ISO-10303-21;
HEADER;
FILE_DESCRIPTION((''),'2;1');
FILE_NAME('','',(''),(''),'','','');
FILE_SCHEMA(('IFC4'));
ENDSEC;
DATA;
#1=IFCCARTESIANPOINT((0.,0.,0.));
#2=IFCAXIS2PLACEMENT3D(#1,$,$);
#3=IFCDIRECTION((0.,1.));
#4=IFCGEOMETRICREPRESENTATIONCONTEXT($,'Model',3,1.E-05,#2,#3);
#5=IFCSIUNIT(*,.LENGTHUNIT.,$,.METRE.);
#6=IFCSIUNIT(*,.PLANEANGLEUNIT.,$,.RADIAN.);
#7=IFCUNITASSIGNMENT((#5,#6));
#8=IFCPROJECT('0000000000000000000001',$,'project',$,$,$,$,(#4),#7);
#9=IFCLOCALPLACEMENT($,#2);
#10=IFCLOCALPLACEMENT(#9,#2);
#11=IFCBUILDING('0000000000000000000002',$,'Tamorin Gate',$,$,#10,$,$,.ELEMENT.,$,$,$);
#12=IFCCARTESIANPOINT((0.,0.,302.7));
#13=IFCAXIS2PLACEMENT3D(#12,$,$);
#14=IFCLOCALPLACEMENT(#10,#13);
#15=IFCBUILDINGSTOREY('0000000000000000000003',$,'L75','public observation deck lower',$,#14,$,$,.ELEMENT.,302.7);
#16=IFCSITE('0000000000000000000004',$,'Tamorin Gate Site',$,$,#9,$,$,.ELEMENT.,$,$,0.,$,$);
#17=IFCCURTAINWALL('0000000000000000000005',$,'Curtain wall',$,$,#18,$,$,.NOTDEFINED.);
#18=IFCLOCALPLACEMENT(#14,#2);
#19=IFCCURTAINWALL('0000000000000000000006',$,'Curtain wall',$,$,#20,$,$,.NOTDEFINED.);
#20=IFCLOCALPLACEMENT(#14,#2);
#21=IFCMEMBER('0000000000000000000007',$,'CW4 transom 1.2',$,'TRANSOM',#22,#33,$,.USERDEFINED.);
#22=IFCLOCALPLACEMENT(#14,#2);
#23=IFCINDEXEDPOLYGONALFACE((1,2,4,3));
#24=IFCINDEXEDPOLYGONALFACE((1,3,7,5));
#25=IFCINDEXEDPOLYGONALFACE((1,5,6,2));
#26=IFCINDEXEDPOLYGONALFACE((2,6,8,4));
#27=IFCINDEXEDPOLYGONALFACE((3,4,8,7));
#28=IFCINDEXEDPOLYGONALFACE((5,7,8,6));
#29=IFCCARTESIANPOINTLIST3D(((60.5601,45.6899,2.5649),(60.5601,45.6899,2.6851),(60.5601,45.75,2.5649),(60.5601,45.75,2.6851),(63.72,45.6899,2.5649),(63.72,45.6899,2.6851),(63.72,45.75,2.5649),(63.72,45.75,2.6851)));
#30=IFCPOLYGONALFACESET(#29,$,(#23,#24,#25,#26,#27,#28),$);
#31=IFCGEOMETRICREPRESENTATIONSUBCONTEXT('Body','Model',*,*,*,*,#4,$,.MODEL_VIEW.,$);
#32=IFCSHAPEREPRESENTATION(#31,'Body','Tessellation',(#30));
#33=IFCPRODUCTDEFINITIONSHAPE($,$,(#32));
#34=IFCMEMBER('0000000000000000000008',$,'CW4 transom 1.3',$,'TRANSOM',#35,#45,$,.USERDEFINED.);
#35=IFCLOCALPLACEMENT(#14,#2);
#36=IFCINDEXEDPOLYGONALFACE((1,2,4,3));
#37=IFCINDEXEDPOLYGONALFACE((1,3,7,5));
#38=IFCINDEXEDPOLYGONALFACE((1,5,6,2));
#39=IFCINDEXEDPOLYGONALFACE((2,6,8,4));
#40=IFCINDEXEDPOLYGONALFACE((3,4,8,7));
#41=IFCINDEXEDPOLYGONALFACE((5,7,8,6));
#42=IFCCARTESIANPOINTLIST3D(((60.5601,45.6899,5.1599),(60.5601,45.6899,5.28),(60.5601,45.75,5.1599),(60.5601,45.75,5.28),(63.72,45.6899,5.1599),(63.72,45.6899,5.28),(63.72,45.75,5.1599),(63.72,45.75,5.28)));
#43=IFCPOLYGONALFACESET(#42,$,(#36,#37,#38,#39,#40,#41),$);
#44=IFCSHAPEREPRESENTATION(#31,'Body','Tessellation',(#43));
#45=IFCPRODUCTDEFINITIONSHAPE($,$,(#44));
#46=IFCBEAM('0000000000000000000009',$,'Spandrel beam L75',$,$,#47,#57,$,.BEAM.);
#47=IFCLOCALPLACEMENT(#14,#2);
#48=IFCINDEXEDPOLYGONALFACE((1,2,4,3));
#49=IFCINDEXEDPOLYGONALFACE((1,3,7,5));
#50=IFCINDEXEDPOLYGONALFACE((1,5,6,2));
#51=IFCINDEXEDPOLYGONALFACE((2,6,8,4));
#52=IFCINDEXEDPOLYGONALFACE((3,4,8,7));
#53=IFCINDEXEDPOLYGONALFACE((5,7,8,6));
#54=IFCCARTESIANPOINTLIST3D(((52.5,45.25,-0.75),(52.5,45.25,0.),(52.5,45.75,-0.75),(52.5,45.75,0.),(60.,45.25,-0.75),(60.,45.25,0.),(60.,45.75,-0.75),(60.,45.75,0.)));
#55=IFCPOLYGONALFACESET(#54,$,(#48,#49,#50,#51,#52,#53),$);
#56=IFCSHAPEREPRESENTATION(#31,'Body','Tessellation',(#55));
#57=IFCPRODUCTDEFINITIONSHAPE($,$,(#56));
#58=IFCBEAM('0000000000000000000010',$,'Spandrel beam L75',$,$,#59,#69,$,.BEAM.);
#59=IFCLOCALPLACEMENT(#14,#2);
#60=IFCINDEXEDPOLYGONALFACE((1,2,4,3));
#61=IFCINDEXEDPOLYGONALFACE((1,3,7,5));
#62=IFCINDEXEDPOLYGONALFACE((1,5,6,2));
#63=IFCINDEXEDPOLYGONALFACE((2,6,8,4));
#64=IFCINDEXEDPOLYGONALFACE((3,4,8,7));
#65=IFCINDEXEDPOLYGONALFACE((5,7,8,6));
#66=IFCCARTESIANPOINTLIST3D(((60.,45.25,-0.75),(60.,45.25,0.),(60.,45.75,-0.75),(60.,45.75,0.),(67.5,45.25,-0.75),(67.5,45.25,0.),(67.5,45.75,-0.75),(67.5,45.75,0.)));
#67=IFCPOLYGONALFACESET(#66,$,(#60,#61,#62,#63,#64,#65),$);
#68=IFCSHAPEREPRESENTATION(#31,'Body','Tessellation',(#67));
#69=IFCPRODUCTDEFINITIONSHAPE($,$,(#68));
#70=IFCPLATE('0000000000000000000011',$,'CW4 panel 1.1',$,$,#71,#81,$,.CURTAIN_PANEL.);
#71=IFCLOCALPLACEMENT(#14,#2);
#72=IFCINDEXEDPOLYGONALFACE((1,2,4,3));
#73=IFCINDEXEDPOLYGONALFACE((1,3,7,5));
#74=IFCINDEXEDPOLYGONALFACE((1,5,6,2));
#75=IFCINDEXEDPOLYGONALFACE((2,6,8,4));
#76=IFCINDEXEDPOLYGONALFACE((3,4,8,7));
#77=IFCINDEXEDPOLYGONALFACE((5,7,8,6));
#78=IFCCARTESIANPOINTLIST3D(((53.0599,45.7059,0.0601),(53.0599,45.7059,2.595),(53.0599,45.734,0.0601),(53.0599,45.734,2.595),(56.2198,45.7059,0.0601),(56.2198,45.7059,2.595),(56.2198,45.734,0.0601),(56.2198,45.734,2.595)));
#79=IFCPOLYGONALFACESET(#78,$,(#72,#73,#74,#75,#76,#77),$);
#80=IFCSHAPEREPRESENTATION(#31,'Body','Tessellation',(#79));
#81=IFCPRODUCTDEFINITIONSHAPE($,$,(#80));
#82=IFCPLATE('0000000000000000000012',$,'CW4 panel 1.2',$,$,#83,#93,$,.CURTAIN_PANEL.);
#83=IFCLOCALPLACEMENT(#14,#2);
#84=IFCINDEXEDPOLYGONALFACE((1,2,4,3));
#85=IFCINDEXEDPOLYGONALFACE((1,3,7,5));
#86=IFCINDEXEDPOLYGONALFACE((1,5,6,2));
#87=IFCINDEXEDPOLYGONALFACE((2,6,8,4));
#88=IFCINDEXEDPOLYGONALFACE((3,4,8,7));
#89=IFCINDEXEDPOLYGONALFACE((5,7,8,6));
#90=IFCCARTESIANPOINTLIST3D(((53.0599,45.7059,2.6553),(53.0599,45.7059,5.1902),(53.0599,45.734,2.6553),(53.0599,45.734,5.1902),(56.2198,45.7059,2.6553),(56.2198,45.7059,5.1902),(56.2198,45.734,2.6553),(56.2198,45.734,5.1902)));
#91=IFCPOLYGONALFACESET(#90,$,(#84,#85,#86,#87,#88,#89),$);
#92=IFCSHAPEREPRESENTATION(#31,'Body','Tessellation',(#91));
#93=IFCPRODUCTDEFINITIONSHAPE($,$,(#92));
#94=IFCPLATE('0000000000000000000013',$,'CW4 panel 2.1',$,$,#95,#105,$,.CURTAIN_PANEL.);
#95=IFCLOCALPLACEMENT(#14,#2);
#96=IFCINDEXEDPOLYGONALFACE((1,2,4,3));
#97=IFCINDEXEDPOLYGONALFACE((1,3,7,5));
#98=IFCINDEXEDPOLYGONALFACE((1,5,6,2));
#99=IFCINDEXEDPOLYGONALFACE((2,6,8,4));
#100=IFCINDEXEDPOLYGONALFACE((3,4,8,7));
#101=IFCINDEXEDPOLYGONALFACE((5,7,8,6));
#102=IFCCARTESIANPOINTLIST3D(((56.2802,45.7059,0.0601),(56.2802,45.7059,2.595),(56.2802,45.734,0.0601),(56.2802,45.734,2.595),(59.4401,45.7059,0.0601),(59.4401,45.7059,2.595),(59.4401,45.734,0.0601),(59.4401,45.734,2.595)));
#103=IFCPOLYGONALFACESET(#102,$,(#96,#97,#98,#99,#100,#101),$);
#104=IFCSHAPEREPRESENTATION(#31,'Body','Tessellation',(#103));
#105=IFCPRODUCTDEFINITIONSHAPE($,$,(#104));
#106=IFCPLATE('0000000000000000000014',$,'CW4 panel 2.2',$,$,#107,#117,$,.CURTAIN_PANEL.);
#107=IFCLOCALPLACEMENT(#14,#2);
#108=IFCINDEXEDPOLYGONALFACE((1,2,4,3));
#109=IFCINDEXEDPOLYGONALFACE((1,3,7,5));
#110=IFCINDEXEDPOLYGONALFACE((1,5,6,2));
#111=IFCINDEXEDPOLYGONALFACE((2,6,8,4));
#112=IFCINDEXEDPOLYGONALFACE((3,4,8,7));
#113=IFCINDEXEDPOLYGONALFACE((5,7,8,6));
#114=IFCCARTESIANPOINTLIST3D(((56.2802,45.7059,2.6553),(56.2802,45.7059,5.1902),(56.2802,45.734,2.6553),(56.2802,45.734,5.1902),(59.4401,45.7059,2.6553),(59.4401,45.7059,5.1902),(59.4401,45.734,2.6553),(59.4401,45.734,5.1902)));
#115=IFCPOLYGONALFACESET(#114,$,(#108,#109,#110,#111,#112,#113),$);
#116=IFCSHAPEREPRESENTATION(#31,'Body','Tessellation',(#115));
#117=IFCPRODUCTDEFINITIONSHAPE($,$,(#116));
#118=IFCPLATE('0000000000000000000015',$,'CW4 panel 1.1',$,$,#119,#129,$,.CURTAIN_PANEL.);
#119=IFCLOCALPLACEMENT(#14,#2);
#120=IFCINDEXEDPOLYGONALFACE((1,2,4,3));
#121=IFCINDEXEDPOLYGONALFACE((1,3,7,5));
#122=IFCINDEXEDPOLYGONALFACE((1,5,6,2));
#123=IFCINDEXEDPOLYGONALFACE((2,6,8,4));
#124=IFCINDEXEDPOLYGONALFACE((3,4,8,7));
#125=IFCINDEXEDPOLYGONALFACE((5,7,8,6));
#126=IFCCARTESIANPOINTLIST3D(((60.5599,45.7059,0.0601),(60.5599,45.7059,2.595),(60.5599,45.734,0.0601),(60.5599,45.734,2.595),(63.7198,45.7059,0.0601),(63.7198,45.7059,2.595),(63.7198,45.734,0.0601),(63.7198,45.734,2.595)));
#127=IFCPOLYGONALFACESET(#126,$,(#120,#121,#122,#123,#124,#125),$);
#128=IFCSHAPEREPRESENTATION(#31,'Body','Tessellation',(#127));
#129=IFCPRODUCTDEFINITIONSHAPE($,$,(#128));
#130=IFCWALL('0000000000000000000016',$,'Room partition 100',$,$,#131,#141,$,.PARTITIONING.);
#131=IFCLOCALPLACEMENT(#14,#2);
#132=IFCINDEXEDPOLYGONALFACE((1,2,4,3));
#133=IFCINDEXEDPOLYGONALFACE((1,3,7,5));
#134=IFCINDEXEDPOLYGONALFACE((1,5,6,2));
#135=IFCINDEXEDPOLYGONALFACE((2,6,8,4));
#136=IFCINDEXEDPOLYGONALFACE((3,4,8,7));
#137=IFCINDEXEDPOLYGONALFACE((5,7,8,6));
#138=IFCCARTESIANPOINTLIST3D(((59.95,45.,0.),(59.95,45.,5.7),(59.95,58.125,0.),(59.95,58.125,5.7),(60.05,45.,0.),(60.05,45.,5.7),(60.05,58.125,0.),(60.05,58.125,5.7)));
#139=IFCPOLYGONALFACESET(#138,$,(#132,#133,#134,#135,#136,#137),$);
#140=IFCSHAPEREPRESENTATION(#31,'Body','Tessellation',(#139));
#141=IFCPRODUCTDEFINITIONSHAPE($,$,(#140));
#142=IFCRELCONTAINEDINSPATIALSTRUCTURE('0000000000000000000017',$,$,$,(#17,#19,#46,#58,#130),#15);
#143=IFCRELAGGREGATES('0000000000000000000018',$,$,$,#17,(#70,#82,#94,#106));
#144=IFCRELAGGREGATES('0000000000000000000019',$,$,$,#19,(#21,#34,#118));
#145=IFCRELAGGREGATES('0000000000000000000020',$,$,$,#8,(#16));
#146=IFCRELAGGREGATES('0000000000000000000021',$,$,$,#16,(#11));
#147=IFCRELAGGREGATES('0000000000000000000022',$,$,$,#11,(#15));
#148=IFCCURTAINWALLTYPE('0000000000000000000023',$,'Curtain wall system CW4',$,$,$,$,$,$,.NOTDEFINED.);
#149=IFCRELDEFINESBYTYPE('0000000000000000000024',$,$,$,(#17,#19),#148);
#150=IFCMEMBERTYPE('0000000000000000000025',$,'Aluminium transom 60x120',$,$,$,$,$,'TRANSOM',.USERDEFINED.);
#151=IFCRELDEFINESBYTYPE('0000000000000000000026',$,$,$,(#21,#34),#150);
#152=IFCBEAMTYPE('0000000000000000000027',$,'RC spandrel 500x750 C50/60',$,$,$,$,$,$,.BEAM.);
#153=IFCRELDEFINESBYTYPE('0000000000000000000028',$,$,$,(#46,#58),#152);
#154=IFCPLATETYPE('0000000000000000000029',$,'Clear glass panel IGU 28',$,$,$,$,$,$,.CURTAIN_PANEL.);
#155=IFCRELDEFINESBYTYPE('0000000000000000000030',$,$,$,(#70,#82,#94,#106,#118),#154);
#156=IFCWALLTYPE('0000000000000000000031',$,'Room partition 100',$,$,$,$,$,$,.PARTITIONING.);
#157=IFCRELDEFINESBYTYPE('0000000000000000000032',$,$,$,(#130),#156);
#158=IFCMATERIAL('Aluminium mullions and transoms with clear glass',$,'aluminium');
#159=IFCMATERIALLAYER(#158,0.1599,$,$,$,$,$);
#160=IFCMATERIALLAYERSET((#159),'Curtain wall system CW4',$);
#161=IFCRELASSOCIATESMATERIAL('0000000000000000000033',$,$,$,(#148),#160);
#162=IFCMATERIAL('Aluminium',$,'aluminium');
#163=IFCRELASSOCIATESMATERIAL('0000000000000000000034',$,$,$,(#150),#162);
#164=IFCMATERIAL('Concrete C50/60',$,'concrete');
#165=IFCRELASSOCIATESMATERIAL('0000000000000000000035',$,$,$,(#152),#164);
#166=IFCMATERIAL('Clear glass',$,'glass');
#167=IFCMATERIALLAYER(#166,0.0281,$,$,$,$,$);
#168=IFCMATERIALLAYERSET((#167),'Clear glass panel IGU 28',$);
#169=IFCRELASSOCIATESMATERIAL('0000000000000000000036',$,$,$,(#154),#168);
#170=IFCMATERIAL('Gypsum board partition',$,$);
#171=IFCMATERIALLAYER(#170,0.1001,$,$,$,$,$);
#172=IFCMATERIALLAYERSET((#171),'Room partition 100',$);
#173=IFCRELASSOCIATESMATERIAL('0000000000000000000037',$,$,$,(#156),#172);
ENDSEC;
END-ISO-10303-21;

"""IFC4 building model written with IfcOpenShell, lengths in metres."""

from ifc_helpers import new_model, si_unit, direction, frame, frame_2d, origin, origin_2d, place, context, subcontext, project, spatial, rectangle, extrude, material, layer, layer_set, material_profile, profile_set, type_object, element, aggregate, save


model = new_model("IFC4")

# Units and contexts
model_context = context("Model", 3, precision=1e-05, world=origin(), true_north=direction((0.0, 1.0)))
body_context = subcontext(model_context, "Body", "Model", "MODEL_VIEW")
ifc_project = project(units=[si_unit("LENGTHUNIT", "METRE"), si_unit("PLANEANGLEUNIT", "RADIAN")], contexts=[model_context])

# Site, building, storey
site_placement = place(None, origin())
site = spatial("IfcSite", under=ifc_project, at=site_placement, Name="Tamorin Gate Site", CompositionType="ELEMENT", RefElevation=0.0)
building_placement = place(site_placement, origin())
building = spatial("IfcBuilding", under=site, at=building_placement, Name="Tamorin Gate", CompositionType="ELEMENT")
storey_placement = place(building_placement, frame((0.0, 0.0, 302.7)))
storey = spatial("IfcBuildingStorey", under=building, at=storey_placement, Name="L75", Description="public observation deck lower", CompositionType="ELEMENT", Elevation=302.7)

# Shared definitions
ifc_material_1 = material(Name="Concrete C50/60", Category="concrete")

# Curtain wall
ifc_material_2 = material(Name="Aluminium mullions and transoms with clear glass", Category="aluminium")
ifc_layer_1 = layer(ifc_material_2, 0.1599)
ifc_layer_set_1 = layer_set([ifc_layer_1], Name="Curtain wall system CW4")
curtain_wall_type = type_object("IfcCurtainWallType", Name="Curtain wall system CW4", PredefinedType="NOTDEFINED", material=ifc_layer_set_1)
curtain_wall_1_placement = place(storey_placement, origin())
curtain_wall_1 = element("IfcCurtainWall", 1, at=curtain_wall_1_placement, inside=storey, type_object=curtain_wall_type, Name="Curtain wall", PredefinedType="NOTDEFINED")
ifc_material_3 = material(Name="Aluminium", Category="aluminium")

# Curtain wall
curtain_wall_2_placement = place(storey_placement, origin())
curtain_wall_2 = element("IfcCurtainWall", 2, at=curtain_wall_2_placement, inside=storey, type_object=curtain_wall_type, Name="Curtain wall", PredefinedType="NOTDEFINED")

# Members
ifc_material_profile_1 = material_profile(ifc_material_3, rectangle(XDim=0.0601, YDim=0.1201, at=origin_2d()), Name="RECT 60x120")
ifc_profile_set_1 = profile_set([ifc_material_profile_1], Name="Aluminium")
member_type_1 = type_object("IfcMemberType", Name="Aluminium transom 60x120", ElementType="TRANSOM", PredefinedType="USERDEFINED", material=ifc_profile_set_1)
member_1_placement = place(storey_placement, frame((60.5601, 45.72, 2.625), z_axis=(1.0, 0.0, 0.0), x_axis=(0.0, 1.0, 0.0)))
member_1 = element("IfcMember", 3, at=member_1_placement, type_object=member_type_1, Name="CW4 transom 1.2", ObjectType="TRANSOM", PredefinedType="USERDEFINED", context=body_context, shape_type="SweptSolid", body=[
    extrude(rectangle(XDim=0.0601, YDim=0.1201, at=origin_2d()), origin(), (0.0, 0.0, 1.0), 3.1599),
])
member_2_placement = place(storey_placement, frame((60.5601, 45.72, 5.22), z_axis=(1.0, 0.0, 0.0), x_axis=(0.0, 1.0, 0.0)))
member_2 = element("IfcMember", 4, at=member_2_placement, type_object=member_type_1, Name="CW4 transom 1.3", ObjectType="TRANSOM", PredefinedType="USERDEFINED", context=body_context, shape_type="SweptSolid", body=[
    extrude(rectangle(XDim=0.0601, YDim=0.1201, at=origin_2d()), origin(), (0.0, 0.0, 1.0), 3.1599),
])

# Beams
ifc_material_profile_2 = material_profile(ifc_material_1, rectangle(XDim=0.5, YDim=0.75, at=origin_2d()), Name="RC 500x750")
ifc_profile_set_2 = profile_set([ifc_material_profile_2], Name="Concrete C50/60")
beam_type = type_object("IfcBeamType", Name="RC spandrel 500x750 C50/60", PredefinedType="BEAM", material=ifc_profile_set_2)
for number, where, z_axis, x_axis, name in (
    (5, (52.5, 45.5, -0.375), (1.0, 0.0, 0.0), (0.0, 1.0, 0.0), "Spandrel beam L75"),
    (6, (60.0, 45.5, -0.375), (1.0, 0.0, 0.0), (0.0, 1.0, 0.0), "Spandrel beam L75"),
):
    element("IfcBeam", number, at=place(storey_placement, frame(where, z_axis=z_axis, x_axis=x_axis)), inside=storey, type_object=beam_type, Name=name, PredefinedType="BEAM", context=body_context, shape_type="SweptSolid", body=[
        extrude(rectangle(XDim=0.5, YDim=0.75, at=origin_2d()), origin(), (0.0, 0.0, 1.0), 7.5),
    ])

# Plates
ifc_material_4 = material(Name="Clear glass", Category="glass")
ifc_layer_2 = layer(ifc_material_4, 0.0281)
ifc_layer_set_2 = layer_set([ifc_layer_2], Name="Clear glass panel IGU 28")
plate_type = type_object("IfcPlateType", Name="Clear glass panel IGU 28", PredefinedType="CURTAIN_PANEL", material=ifc_layer_set_2)
plate_1_placement = place(storey_placement, frame((54.6399, 45.72, 0.0601), z_axis=(0.0, 0.0, 1.0), x_axis=(1.0, 0.0, 0.0)))
plate_1 = element("IfcPlate", 7, at=plate_1_placement, type_object=plate_type, Name="CW4 panel 1.1", PredefinedType="CURTAIN_PANEL", context=body_context, shape_type="SweptSolid", body=[
    extrude(rectangle(XDim=3.1599, YDim=0.0281, at=origin_2d()), origin(), (0.0, 0.0, 1.0), 2.5349),
])
plate_2_placement = place(storey_placement, frame((54.6399, 45.72, 2.6553), z_axis=(0.0, 0.0, 1.0), x_axis=(1.0, 0.0, 0.0)))
plate_2 = element("IfcPlate", 8, at=plate_2_placement, type_object=plate_type, Name="CW4 panel 1.2", PredefinedType="CURTAIN_PANEL", context=body_context, shape_type="SweptSolid", body=[
    extrude(rectangle(XDim=3.1599, YDim=0.0281, at=origin_2d()), origin(), (0.0, 0.0, 1.0), 2.5349),
])
plate_3_placement = place(storey_placement, frame((57.8601, 45.72, 0.0601), z_axis=(0.0, 0.0, 1.0), x_axis=(1.0, 0.0, 0.0)))
plate_3 = element("IfcPlate", 9, at=plate_3_placement, type_object=plate_type, Name="CW4 panel 2.1", PredefinedType="CURTAIN_PANEL", context=body_context, shape_type="SweptSolid", body=[
    extrude(rectangle(XDim=3.1599, YDim=0.0281, at=origin_2d()), origin(), (0.0, 0.0, 1.0), 2.5349),
])
plate_4_placement = place(storey_placement, frame((57.8601, 45.72, 2.6553), z_axis=(0.0, 0.0, 1.0), x_axis=(1.0, 0.0, 0.0)))
plate_4 = element("IfcPlate", 10, at=plate_4_placement, type_object=plate_type, Name="CW4 panel 2.2", PredefinedType="CURTAIN_PANEL", context=body_context, shape_type="SweptSolid", body=[
    extrude(rectangle(XDim=3.1599, YDim=0.0281, at=origin_2d()), origin(), (0.0, 0.0, 1.0), 2.5349),
])
aggregate(curtain_wall_1, [plate_1, plate_2, plate_3, plate_4])
plate_5_placement = place(storey_placement, frame((62.1399, 45.72, 0.0601), z_axis=(0.0, 0.0, 1.0), x_axis=(1.0, 0.0, 0.0)))
plate_5 = element("IfcPlate", 11, at=plate_5_placement, type_object=plate_type, Name="CW4 panel 1.1", PredefinedType="CURTAIN_PANEL", context=body_context, shape_type="SweptSolid", body=[
    extrude(rectangle(XDim=3.1599, YDim=0.0281, at=origin_2d()), origin(), (0.0, 0.0, 1.0), 2.5349),
])
aggregate(curtain_wall_2, [member_1, member_2, plate_5])

# Wall
ifc_material_5 = material(Name="Gypsum board partition")
ifc_layer_3 = layer(ifc_material_5, 0.1001)
ifc_layer_set_3 = layer_set([ifc_layer_3], Name="Room partition 100")
wall_type = type_object("IfcWallType", Name="Room partition 100", PredefinedType="PARTITIONING", material=ifc_layer_set_3)
wall_placement = place(storey_placement, frame((60.0, 45.0, 0.0), z_axis=(0.0, 0.0, 1.0), x_axis=(0.0, 1.0, 0.0)))
element("IfcWall", 12, at=wall_placement, inside=storey, type_object=wall_type, Name="Room partition 100", PredefinedType="PARTITIONING", context=body_context, shape_type="SweptSolid", body=[
    extrude(rectangle(XDim=13.125, YDim=0.1001, at=frame_2d((6.5625, 0.0))), origin(), (0.0, 0.0, 1.0), 5.7),
])

save(model, "model.ifc")
